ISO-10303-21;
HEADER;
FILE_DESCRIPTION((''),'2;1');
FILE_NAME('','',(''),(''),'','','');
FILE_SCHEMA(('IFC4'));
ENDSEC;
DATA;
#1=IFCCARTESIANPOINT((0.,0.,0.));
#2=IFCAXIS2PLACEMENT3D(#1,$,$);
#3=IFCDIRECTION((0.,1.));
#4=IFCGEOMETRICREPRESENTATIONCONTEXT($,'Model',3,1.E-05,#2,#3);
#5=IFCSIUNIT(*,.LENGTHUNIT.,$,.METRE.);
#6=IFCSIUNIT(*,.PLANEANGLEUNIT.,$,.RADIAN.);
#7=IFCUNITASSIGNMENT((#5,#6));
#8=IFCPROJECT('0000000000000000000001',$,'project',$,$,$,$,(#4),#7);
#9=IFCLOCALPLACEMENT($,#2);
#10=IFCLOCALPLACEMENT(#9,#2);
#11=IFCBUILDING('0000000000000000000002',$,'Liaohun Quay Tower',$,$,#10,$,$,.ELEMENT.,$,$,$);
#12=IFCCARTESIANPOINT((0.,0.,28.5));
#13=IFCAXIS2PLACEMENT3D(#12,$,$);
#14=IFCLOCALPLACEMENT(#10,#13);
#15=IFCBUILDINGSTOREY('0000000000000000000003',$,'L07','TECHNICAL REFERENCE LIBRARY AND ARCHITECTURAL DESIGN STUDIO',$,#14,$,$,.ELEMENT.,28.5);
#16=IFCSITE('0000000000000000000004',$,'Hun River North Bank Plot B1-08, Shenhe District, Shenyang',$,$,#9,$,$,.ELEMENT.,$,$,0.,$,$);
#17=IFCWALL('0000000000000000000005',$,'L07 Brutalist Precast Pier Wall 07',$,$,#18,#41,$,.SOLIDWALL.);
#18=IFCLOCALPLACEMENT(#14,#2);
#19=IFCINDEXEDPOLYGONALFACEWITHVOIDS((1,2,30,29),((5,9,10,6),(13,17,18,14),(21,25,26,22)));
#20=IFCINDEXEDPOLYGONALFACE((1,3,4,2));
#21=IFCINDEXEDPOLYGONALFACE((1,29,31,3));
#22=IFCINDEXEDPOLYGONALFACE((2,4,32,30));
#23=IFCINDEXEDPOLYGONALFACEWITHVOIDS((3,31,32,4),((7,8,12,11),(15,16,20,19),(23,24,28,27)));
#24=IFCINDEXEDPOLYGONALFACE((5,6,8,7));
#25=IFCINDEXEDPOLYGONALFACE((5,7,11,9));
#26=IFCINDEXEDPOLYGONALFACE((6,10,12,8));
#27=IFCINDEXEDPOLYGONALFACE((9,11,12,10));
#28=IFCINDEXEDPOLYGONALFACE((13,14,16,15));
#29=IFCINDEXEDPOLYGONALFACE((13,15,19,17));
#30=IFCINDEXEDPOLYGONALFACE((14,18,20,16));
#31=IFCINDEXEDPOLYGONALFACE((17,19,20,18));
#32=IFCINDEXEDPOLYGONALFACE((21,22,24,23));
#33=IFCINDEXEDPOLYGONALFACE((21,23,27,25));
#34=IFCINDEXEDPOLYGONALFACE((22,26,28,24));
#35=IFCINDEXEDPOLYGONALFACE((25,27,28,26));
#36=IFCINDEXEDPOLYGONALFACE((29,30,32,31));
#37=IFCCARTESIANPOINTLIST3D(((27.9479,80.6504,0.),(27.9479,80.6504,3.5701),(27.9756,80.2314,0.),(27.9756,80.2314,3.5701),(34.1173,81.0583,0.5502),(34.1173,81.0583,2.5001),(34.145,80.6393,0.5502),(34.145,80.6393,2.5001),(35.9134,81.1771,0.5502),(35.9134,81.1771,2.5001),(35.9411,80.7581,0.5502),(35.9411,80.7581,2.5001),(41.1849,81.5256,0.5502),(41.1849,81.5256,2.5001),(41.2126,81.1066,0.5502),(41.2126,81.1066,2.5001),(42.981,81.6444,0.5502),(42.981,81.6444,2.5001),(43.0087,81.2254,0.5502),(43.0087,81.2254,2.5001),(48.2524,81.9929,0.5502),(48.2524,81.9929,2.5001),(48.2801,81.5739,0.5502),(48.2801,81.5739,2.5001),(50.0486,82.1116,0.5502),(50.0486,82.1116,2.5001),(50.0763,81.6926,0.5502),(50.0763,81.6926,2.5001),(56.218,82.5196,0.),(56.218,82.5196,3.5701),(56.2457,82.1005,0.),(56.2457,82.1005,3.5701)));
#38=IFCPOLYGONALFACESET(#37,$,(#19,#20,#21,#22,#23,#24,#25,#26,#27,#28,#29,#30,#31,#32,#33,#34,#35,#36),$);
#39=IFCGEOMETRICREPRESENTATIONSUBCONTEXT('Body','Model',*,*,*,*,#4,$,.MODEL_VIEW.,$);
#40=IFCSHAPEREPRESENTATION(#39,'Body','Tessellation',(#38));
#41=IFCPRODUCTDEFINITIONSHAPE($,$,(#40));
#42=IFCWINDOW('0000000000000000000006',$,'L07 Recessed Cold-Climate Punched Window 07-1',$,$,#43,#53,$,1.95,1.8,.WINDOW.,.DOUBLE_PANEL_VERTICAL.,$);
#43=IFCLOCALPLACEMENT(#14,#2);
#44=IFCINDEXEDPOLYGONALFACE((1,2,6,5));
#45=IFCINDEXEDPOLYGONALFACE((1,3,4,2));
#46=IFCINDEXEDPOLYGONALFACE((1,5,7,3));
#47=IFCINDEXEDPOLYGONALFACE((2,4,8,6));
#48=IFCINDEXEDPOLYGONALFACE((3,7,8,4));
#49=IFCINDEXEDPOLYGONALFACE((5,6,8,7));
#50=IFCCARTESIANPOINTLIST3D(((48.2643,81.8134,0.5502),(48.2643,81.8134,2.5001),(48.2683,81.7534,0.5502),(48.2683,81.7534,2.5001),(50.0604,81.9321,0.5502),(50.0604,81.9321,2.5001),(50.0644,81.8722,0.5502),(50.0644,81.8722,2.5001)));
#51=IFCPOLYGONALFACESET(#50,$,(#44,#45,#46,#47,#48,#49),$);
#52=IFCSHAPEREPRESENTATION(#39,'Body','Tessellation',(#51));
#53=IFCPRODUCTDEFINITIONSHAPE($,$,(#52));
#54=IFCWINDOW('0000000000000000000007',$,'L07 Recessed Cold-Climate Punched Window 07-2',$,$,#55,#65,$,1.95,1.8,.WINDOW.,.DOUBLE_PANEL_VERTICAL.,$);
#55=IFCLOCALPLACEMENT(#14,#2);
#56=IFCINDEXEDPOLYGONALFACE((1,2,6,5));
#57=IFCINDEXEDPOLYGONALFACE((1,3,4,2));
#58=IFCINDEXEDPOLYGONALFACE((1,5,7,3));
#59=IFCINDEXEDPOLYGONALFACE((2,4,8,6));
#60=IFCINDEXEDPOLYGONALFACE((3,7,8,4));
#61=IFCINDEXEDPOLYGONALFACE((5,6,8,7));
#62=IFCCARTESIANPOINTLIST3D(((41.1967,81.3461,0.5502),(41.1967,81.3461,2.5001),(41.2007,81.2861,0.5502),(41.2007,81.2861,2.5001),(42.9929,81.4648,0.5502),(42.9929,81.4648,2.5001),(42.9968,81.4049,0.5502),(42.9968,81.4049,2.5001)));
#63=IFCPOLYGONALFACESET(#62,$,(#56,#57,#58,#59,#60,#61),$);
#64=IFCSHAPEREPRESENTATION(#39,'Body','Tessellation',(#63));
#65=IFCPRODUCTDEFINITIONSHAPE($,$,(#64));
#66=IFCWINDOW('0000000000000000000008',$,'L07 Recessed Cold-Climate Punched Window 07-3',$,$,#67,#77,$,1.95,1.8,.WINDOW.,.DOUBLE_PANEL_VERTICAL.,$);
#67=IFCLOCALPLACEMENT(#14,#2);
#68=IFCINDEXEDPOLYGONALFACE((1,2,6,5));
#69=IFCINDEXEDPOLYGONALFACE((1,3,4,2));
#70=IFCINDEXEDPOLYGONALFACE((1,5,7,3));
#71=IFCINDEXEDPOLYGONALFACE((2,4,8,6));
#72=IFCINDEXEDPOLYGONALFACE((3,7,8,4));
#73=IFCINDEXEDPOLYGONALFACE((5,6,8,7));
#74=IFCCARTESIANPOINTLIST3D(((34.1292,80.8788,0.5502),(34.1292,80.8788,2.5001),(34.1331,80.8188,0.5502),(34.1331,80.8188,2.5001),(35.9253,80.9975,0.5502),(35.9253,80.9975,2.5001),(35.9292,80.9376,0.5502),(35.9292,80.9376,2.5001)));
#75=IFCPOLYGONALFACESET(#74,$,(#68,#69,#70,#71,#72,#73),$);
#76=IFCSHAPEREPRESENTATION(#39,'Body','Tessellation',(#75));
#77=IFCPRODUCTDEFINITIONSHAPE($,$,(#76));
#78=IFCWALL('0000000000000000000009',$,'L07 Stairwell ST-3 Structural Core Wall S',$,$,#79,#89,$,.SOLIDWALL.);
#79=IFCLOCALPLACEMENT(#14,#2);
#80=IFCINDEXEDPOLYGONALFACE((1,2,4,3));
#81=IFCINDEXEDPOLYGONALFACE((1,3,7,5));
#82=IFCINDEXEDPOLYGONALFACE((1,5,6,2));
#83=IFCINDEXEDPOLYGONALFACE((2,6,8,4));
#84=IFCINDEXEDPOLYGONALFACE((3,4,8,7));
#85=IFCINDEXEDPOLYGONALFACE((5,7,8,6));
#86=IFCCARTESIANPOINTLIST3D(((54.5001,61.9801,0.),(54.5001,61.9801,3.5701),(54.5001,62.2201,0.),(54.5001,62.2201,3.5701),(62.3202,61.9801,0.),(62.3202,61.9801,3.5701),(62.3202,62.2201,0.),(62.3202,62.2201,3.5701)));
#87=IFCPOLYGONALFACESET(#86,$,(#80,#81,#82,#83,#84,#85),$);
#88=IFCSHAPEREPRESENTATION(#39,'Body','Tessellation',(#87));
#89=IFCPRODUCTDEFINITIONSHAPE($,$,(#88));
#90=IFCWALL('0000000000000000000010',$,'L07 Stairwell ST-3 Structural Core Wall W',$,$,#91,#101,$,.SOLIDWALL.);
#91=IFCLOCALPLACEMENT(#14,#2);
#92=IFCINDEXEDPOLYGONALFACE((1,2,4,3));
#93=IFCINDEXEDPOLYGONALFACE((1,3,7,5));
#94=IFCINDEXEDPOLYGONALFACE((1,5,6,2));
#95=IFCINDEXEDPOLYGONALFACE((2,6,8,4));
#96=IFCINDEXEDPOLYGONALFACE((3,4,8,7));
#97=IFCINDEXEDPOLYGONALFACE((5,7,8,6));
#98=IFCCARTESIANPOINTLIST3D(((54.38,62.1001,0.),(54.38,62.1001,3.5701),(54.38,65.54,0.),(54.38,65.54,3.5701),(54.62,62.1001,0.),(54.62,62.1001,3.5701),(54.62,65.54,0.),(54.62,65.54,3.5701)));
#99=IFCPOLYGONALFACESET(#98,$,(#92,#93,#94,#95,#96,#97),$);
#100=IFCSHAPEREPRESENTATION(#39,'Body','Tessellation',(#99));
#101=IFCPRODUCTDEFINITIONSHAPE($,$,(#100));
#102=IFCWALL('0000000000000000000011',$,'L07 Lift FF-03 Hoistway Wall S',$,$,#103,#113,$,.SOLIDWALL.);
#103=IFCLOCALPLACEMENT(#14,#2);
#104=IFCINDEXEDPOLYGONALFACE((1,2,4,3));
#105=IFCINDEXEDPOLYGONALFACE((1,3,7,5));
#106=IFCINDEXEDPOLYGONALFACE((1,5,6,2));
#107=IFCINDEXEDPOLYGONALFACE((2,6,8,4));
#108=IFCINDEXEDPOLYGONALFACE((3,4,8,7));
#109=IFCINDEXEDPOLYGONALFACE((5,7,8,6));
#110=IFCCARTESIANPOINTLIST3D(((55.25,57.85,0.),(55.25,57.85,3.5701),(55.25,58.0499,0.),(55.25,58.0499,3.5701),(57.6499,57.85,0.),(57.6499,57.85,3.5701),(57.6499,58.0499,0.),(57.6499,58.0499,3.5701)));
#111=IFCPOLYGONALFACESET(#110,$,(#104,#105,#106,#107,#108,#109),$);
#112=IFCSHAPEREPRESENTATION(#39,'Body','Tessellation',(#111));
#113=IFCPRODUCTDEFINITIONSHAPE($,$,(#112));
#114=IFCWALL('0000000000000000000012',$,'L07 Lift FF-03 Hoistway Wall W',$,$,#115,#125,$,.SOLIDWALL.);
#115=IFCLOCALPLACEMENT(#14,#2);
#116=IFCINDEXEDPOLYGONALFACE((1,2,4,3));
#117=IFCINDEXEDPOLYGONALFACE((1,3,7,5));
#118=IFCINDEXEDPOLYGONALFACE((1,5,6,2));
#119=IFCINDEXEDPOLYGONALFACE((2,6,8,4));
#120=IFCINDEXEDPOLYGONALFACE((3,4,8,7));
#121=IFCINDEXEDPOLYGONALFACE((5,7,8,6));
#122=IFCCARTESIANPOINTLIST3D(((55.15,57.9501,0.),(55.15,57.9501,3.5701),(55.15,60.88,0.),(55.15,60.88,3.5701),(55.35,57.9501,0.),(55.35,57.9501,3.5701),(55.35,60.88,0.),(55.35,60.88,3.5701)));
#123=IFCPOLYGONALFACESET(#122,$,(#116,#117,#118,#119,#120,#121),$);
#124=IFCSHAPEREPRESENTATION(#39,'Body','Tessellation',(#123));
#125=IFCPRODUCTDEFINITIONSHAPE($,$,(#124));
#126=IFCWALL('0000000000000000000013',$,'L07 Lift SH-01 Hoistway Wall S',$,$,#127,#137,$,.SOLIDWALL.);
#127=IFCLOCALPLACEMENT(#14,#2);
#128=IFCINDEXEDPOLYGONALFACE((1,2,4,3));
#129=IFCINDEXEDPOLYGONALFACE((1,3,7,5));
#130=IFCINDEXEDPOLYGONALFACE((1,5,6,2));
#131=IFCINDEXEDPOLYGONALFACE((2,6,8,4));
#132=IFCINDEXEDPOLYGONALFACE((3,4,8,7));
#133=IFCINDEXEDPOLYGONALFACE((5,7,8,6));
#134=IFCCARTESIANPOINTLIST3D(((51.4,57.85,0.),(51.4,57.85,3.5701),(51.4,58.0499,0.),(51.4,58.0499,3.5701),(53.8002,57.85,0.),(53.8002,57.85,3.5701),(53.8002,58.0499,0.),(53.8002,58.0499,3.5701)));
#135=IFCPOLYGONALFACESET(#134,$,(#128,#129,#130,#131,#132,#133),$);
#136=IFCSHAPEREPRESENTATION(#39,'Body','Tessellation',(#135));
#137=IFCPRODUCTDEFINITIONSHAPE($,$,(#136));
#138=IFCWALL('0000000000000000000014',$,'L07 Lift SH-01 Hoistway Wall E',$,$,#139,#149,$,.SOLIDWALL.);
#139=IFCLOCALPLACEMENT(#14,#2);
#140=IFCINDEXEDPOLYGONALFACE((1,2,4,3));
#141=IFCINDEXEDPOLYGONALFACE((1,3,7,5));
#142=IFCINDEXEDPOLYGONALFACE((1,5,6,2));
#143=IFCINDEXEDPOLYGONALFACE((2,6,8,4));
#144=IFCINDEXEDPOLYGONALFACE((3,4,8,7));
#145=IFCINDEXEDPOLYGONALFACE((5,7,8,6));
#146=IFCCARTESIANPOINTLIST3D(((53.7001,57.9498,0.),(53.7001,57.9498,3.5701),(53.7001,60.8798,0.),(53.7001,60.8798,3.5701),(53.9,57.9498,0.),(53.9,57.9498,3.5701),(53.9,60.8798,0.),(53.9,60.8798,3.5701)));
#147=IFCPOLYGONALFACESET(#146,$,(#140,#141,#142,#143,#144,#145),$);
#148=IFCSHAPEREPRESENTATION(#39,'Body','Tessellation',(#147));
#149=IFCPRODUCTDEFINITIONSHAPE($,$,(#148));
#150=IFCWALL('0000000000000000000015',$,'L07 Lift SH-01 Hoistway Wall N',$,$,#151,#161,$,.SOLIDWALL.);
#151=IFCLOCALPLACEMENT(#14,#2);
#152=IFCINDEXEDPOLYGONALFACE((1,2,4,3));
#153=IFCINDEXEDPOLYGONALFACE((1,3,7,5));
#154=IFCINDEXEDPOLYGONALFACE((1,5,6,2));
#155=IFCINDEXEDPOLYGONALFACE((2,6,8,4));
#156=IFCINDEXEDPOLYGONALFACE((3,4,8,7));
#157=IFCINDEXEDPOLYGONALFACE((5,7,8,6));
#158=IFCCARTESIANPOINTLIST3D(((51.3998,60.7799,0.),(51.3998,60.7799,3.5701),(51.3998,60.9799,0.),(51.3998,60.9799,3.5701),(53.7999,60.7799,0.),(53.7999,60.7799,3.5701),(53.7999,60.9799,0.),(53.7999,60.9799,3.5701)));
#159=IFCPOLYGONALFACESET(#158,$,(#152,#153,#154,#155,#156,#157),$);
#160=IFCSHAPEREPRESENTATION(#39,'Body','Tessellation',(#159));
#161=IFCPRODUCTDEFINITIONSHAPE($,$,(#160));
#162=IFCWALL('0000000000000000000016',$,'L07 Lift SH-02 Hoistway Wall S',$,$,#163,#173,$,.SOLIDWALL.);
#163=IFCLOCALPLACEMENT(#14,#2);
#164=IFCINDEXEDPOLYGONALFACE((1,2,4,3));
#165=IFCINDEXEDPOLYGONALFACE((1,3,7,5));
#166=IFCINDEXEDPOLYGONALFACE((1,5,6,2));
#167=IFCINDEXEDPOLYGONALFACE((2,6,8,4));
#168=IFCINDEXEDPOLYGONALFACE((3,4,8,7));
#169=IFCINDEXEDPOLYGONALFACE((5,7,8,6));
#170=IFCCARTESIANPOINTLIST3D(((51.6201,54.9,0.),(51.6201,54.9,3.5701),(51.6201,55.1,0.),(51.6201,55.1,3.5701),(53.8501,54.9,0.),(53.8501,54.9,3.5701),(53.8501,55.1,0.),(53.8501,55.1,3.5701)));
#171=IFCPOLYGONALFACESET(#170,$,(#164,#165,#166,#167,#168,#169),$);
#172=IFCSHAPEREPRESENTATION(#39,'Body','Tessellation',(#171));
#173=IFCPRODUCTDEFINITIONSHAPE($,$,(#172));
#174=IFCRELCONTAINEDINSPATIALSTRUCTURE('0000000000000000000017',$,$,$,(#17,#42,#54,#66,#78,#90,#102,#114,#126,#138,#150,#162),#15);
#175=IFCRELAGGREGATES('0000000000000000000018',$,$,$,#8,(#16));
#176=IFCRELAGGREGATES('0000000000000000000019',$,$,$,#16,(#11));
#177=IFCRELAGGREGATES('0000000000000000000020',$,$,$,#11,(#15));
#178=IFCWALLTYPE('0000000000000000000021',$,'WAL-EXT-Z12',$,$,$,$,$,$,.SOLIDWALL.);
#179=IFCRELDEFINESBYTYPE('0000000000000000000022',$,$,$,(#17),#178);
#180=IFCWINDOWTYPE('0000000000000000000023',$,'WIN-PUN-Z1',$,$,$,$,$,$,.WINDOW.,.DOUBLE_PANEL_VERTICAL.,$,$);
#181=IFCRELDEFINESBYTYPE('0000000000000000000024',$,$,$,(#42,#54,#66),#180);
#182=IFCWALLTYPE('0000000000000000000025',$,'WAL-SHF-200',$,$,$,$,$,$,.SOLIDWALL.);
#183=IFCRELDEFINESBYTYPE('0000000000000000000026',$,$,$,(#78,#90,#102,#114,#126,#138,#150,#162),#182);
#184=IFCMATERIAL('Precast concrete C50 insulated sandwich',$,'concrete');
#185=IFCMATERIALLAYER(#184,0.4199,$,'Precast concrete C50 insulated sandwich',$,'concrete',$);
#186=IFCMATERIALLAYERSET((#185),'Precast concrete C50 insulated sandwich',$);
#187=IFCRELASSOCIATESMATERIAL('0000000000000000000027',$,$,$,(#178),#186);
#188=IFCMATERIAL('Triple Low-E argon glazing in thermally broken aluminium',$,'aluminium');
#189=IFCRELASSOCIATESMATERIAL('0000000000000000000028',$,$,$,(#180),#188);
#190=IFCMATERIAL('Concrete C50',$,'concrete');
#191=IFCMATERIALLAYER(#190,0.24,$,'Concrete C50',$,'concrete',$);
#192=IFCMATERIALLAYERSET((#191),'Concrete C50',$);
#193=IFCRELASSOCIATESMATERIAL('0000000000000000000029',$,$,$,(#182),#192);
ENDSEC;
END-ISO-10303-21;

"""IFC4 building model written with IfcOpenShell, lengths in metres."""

from ifc_helpers import new_model, si_unit, direction, frame, frame_2d, origin, place, context, subcontext, project, spatial, rectangle, extrude, source, transform, mapped, material, layer, layer_set, type_object, element, fill, save


model = new_model("IFC4")

# Units and contexts
model_context = context("Model", 3, precision=1e-05, world=origin(), true_north=direction((0.0, 1.0)))
body_context = subcontext(model_context, "Body", "Model", "MODEL_VIEW")
ifc_project = project(units=[si_unit("LENGTHUNIT", "METRE"), si_unit("PLANEANGLEUNIT", "RADIAN")], contexts=[model_context])

# Site, building, storey
site_placement = place(None, origin())
site = spatial("IfcSite", under=ifc_project, at=site_placement, Name="Hun River North Bank Plot B1-08, Shenhe District, Shenyang", CompositionType="ELEMENT", RefElevation=0.0)
building_placement = place(site_placement, origin())
building = spatial("IfcBuilding", under=site, at=building_placement, Name="Liaohun Quay Tower", CompositionType="ELEMENT")
storey_placement = place(building_placement, frame((0.0, 0.0, 28.5)))
storey = spatial("IfcBuildingStorey", under=building, at=storey_placement, Name="L07", Description="TECHNICAL REFERENCE LIBRARY AND ARCHITECTURAL DESIGN STUDIO", CompositionType="ELEMENT", Elevation=28.5)

# Wall, openings, windows
ifc_material_1 = material(Name="Precast concrete C50 insulated sandwich", Category="concrete")
ifc_layer_1 = layer(ifc_material_1, 0.4199, Name="Precast concrete C50 insulated sandwich", Category="concrete")
ifc_layer_set_1 = layer_set([ifc_layer_1], Name="Precast concrete C50 insulated sandwich")
wall_type_1 = type_object("IfcWallType", Name="WAL-EXT-Z12", PredefinedType="SOLIDWALL", material=ifc_layer_set_1)
wall_1_placement = place(storey_placement, frame((56.2319, 82.3101, 0.0), z_axis=(0.0, 0.0, 1.0), x_axis=(-0.997821, -0.065973, 0.0)))
wall_1 = element("IfcWall", 1, at=wall_1_placement, inside=storey, type_object=wall_type_1, Name="L07 Brutalist Precast Pier Wall 07", PredefinedType="SOLIDWALL", context=body_context, shape_type="SweptSolid", body=[
    extrude(rectangle(XDim=28.3318, YDim=0.4199, at=frame_2d((14.166, 0.0))), origin(), (0.0, 0.0, 1.0), 3.5701),
])
shared_shape_1 = source(origin(), body_context, "Body", "SweptSolid", [
    extrude(rectangle(XDim=1.8, YDim=1.95, at=frame_2d((0.8999, 0.9751))), frame((0.0, 0.22, 0.0), z_axis=(0.0, -1.0, 0.0), x_axis=(1.0, 0.0, 0.0)), (0.0, 0.0, 1.0), 0.4399),
])
opening_1_placement = place(wall_1_placement, frame((6.1831, 0.0, 0.55)))
opening_1 = element("IfcOpeningElement", 2, at=opening_1_placement, cuts=wall_1, PredefinedType="OPENING", context=body_context, shape_type="MappedRepresentation", body=[
    mapped(shared_shape_1, transform((0.0, 0.0, 0.0), x_axis=(1.0, 0.0, 0.0), y_axis=(0.0, 1.0, 0.0), z_axis=(0.0, 0.0, 1.0), scale=1.0)),
])
opening_2_placement = place(wall_1_placement, frame((13.2661, 0.0, 0.55)))
opening_2 = element("IfcOpeningElement", 3, at=opening_2_placement, cuts=wall_1, PredefinedType="OPENING", context=body_context, shape_type="MappedRepresentation", body=[
    mapped(shared_shape_1, transform((0.0, 0.0, 0.0), x_axis=(1.0, 0.0, 0.0), y_axis=(0.0, 1.0, 0.0), z_axis=(0.0, 0.0, 1.0), scale=1.0)),
])
opening_3_placement = place(wall_1_placement, frame((20.3491, 0.0, 0.55)))
opening_3 = element("IfcOpeningElement", 4, at=opening_3_placement, cuts=wall_1, PredefinedType="OPENING", context=body_context, shape_type="MappedRepresentation", body=[
    mapped(shared_shape_1, transform((0.0, 0.0, 0.0), x_axis=(1.0, 0.0, 0.0), y_axis=(0.0, 1.0, 0.0), z_axis=(0.0, 0.0, 1.0), scale=1.0)),
])
ifc_material_2 = material(Name="Triple Low-E argon glazing in thermally broken aluminium", Category="aluminium")
window_type = type_object("IfcWindowType", Name="WIN-PUN-Z1", PartitioningType="DOUBLE_PANEL_VERTICAL", PredefinedType="WINDOW", material=ifc_material_2)
shared_shape_2 = source(origin(), body_context, "Body", "SweptSolid", [
    extrude(rectangle(XDim=1.8, YDim=1.95, at=frame_2d((0.8999, 0.9751))), frame((0.0, 0.03, 0.0), z_axis=(0.0, -1.0, 0.0), x_axis=(1.0, 0.0, 0.0)), (0.0, 0.0, 1.0), 0.0601),
])
window_1_placement = place(opening_1_placement, origin())
window_1 = element("IfcWindow", 5, at=window_1_placement, inside=storey, type_object=window_type, Name="L07 Recessed Cold-Climate Punched Window 07-1", OverallHeight=1.95, OverallWidth=1.8, PartitioningType="DOUBLE_PANEL_VERTICAL", PredefinedType="WINDOW", context=body_context, shape_type="MappedRepresentation", body=[
    mapped(shared_shape_2, transform((0.0, 0.0, 0.0), x_axis=(1.0, 0.0, 0.0), y_axis=(0.0, 1.0, 0.0), z_axis=(0.0, 0.0, 1.0), scale=1.0)),
])
fill(opening_1, window_1)
window_2_placement = place(opening_2_placement, origin())
window_2 = element("IfcWindow", 6, at=window_2_placement, inside=storey, type_object=window_type, Name="L07 Recessed Cold-Climate Punched Window 07-2", OverallHeight=1.95, OverallWidth=1.8, PartitioningType="DOUBLE_PANEL_VERTICAL", PredefinedType="WINDOW", context=body_context, shape_type="MappedRepresentation", body=[
    mapped(shared_shape_2, transform((0.0, 0.0, 0.0), x_axis=(1.0, 0.0, 0.0), y_axis=(0.0, 1.0, 0.0), z_axis=(0.0, 0.0, 1.0), scale=1.0)),
])
fill(opening_2, window_2)
window_3_placement = place(opening_3_placement, origin())
window_3 = element("IfcWindow", 7, at=window_3_placement, inside=storey, type_object=window_type, Name="L07 Recessed Cold-Climate Punched Window 07-3", OverallHeight=1.95, OverallWidth=1.8, PartitioningType="DOUBLE_PANEL_VERTICAL", PredefinedType="WINDOW", context=body_context, shape_type="MappedRepresentation", body=[
    mapped(shared_shape_2, transform((0.0, 0.0, 0.0), x_axis=(1.0, 0.0, 0.0), y_axis=(0.0, 1.0, 0.0), z_axis=(0.0, 0.0, 1.0), scale=1.0)),
])
fill(opening_3, window_3)

# Walls
ifc_material_3 = material(Name="Concrete C50", Category="concrete")
ifc_layer_2 = layer(ifc_material_3, 0.24, Name="Concrete C50", Category="concrete")
ifc_layer_set_2 = layer_set([ifc_layer_2], Name="Concrete C50")
wall_type_2 = type_object("IfcWallType", Name="WAL-SHF-200", PredefinedType="SOLIDWALL", material=ifc_layer_set_2)
wall_2_placement = place(storey_placement, frame((54.5, 62.1001, 0.0), z_axis=(0.0, 0.0, 1.0), x_axis=(1.0, 0.0, 0.0)))
element("IfcWall", 8, at=wall_2_placement, inside=storey, type_object=wall_type_2, Name="L07 Stairwell ST-3 Structural Core Wall S", PredefinedType="SOLIDWALL", context=body_context, shape_type="SweptSolid", body=[
    extrude(rectangle(XDim=7.8201, YDim=0.24, at=frame_2d((3.9102, 0.0))), origin(), (0.0, 0.0, 1.0), 3.5701),
])
wall_3_placement = place(storey_placement, frame((54.5, 65.54, 0.0), z_axis=(0.0, 0.0, 1.0), x_axis=(0.0, -1.0, 0.0)))
element("IfcWall", 9, at=wall_3_placement, inside=storey, type_object=wall_type_2, Name="L07 Stairwell ST-3 Structural Core Wall W", PredefinedType="SOLIDWALL", context=body_context, shape_type="SweptSolid", body=[
    extrude(rectangle(XDim=3.4399, YDim=0.24, at=frame_2d((1.72, 0.0))), origin(), (0.0, 0.0, 1.0), 3.5701),
])
wall_4_placement = place(storey_placement, frame((55.25, 57.95, 0.0), z_axis=(0.0, 0.0, 1.0), x_axis=(1.0, 0.0, 0.0)))
element("IfcWall", 10, at=wall_4_placement, inside=storey, type_object=wall_type_2, Name="L07 Lift FF-03 Hoistway Wall S", PredefinedType="SOLIDWALL", context=body_context, shape_type="SweptSolid", body=[
    extrude(rectangle(XDim=2.3999, YDim=0.2, at=frame_2d((1.2, 0.0))), origin(), (0.0, 0.0, 1.0), 3.5701),
])
wall_5_placement = place(storey_placement, frame((55.25, 60.8799, 0.0), z_axis=(0.0, 0.0, 1.0), x_axis=(0.0, -1.0, 0.0)))
element("IfcWall", 11, at=wall_5_placement, inside=storey, type_object=wall_type_2, Name="L07 Lift FF-03 Hoistway Wall W", PredefinedType="SOLIDWALL", context=body_context, shape_type="SweptSolid", body=[
    extrude(rectangle(XDim=2.9299, YDim=0.2, at=frame_2d((1.4648, 0.0))), origin(), (0.0, 0.0, 1.0), 3.5701),
])
wall_6_placement = place(storey_placement, frame((51.3999, 57.95, 0.0), z_axis=(0.0, 0.0, 1.0), x_axis=(1.0, 0.0, 0.0)))
element("IfcWall", 12, at=wall_6_placement, inside=storey, type_object=wall_type_2, Name="L07 Lift SH-01 Hoistway Wall S", PredefinedType="SOLIDWALL", context=body_context, shape_type="SweptSolid", body=[
    extrude(rectangle(XDim=2.4001, YDim=0.2, at=frame_2d((1.2002, 0.0))), origin(), (0.0, 0.0, 1.0), 3.5701),
])
wall_7_placement = place(storey_placement, frame((53.8, 57.95, 0.0), z_axis=(0.0, 0.0, 1.0), x_axis=(0.0, 1.0, 0.0)))
element("IfcWall", 13, at=wall_7_placement, inside=storey, type_object=wall_type_2, Name="L07 Lift SH-01 Hoistway Wall E", PredefinedType="SOLIDWALL", context=body_context, shape_type="SweptSolid", body=[
    extrude(rectangle(XDim=2.9299, YDim=0.2, at=frame_2d((1.4648, 0.0))), origin(), (0.0, 0.0, 1.0), 3.5701),
])
wall_8_placement = place(storey_placement, frame((53.8, 60.8799, 0.0), z_axis=(0.0, 0.0, 1.0), x_axis=(-1.0, 0.0, 0.0)))
element("IfcWall", 14, at=wall_8_placement, inside=storey, type_object=wall_type_2, Name="L07 Lift SH-01 Hoistway Wall N", PredefinedType="SOLIDWALL", context=body_context, shape_type="SweptSolid", body=[
    extrude(rectangle(XDim=2.4001, YDim=0.2, at=frame_2d((1.2002, 0.0))), origin(), (0.0, 0.0, 1.0), 3.5701),
])
wall_9_placement = place(storey_placement, frame((51.6201, 55.0, 0.0), z_axis=(0.0, 0.0, 1.0), x_axis=(1.0, 0.0, 0.0)))
element("IfcWall", 15, at=wall_9_placement, inside=storey, type_object=wall_type_2, Name="L07 Lift SH-02 Hoistway Wall S", PredefinedType="SOLIDWALL", context=body_context, shape_type="SweptSolid", body=[
    extrude(rectangle(XDim=2.23, YDim=0.2, at=frame_2d((1.115, 0.0))), origin(), (0.0, 0.0, 1.0), 3.5701),
])

save(model, "model.ifc")
